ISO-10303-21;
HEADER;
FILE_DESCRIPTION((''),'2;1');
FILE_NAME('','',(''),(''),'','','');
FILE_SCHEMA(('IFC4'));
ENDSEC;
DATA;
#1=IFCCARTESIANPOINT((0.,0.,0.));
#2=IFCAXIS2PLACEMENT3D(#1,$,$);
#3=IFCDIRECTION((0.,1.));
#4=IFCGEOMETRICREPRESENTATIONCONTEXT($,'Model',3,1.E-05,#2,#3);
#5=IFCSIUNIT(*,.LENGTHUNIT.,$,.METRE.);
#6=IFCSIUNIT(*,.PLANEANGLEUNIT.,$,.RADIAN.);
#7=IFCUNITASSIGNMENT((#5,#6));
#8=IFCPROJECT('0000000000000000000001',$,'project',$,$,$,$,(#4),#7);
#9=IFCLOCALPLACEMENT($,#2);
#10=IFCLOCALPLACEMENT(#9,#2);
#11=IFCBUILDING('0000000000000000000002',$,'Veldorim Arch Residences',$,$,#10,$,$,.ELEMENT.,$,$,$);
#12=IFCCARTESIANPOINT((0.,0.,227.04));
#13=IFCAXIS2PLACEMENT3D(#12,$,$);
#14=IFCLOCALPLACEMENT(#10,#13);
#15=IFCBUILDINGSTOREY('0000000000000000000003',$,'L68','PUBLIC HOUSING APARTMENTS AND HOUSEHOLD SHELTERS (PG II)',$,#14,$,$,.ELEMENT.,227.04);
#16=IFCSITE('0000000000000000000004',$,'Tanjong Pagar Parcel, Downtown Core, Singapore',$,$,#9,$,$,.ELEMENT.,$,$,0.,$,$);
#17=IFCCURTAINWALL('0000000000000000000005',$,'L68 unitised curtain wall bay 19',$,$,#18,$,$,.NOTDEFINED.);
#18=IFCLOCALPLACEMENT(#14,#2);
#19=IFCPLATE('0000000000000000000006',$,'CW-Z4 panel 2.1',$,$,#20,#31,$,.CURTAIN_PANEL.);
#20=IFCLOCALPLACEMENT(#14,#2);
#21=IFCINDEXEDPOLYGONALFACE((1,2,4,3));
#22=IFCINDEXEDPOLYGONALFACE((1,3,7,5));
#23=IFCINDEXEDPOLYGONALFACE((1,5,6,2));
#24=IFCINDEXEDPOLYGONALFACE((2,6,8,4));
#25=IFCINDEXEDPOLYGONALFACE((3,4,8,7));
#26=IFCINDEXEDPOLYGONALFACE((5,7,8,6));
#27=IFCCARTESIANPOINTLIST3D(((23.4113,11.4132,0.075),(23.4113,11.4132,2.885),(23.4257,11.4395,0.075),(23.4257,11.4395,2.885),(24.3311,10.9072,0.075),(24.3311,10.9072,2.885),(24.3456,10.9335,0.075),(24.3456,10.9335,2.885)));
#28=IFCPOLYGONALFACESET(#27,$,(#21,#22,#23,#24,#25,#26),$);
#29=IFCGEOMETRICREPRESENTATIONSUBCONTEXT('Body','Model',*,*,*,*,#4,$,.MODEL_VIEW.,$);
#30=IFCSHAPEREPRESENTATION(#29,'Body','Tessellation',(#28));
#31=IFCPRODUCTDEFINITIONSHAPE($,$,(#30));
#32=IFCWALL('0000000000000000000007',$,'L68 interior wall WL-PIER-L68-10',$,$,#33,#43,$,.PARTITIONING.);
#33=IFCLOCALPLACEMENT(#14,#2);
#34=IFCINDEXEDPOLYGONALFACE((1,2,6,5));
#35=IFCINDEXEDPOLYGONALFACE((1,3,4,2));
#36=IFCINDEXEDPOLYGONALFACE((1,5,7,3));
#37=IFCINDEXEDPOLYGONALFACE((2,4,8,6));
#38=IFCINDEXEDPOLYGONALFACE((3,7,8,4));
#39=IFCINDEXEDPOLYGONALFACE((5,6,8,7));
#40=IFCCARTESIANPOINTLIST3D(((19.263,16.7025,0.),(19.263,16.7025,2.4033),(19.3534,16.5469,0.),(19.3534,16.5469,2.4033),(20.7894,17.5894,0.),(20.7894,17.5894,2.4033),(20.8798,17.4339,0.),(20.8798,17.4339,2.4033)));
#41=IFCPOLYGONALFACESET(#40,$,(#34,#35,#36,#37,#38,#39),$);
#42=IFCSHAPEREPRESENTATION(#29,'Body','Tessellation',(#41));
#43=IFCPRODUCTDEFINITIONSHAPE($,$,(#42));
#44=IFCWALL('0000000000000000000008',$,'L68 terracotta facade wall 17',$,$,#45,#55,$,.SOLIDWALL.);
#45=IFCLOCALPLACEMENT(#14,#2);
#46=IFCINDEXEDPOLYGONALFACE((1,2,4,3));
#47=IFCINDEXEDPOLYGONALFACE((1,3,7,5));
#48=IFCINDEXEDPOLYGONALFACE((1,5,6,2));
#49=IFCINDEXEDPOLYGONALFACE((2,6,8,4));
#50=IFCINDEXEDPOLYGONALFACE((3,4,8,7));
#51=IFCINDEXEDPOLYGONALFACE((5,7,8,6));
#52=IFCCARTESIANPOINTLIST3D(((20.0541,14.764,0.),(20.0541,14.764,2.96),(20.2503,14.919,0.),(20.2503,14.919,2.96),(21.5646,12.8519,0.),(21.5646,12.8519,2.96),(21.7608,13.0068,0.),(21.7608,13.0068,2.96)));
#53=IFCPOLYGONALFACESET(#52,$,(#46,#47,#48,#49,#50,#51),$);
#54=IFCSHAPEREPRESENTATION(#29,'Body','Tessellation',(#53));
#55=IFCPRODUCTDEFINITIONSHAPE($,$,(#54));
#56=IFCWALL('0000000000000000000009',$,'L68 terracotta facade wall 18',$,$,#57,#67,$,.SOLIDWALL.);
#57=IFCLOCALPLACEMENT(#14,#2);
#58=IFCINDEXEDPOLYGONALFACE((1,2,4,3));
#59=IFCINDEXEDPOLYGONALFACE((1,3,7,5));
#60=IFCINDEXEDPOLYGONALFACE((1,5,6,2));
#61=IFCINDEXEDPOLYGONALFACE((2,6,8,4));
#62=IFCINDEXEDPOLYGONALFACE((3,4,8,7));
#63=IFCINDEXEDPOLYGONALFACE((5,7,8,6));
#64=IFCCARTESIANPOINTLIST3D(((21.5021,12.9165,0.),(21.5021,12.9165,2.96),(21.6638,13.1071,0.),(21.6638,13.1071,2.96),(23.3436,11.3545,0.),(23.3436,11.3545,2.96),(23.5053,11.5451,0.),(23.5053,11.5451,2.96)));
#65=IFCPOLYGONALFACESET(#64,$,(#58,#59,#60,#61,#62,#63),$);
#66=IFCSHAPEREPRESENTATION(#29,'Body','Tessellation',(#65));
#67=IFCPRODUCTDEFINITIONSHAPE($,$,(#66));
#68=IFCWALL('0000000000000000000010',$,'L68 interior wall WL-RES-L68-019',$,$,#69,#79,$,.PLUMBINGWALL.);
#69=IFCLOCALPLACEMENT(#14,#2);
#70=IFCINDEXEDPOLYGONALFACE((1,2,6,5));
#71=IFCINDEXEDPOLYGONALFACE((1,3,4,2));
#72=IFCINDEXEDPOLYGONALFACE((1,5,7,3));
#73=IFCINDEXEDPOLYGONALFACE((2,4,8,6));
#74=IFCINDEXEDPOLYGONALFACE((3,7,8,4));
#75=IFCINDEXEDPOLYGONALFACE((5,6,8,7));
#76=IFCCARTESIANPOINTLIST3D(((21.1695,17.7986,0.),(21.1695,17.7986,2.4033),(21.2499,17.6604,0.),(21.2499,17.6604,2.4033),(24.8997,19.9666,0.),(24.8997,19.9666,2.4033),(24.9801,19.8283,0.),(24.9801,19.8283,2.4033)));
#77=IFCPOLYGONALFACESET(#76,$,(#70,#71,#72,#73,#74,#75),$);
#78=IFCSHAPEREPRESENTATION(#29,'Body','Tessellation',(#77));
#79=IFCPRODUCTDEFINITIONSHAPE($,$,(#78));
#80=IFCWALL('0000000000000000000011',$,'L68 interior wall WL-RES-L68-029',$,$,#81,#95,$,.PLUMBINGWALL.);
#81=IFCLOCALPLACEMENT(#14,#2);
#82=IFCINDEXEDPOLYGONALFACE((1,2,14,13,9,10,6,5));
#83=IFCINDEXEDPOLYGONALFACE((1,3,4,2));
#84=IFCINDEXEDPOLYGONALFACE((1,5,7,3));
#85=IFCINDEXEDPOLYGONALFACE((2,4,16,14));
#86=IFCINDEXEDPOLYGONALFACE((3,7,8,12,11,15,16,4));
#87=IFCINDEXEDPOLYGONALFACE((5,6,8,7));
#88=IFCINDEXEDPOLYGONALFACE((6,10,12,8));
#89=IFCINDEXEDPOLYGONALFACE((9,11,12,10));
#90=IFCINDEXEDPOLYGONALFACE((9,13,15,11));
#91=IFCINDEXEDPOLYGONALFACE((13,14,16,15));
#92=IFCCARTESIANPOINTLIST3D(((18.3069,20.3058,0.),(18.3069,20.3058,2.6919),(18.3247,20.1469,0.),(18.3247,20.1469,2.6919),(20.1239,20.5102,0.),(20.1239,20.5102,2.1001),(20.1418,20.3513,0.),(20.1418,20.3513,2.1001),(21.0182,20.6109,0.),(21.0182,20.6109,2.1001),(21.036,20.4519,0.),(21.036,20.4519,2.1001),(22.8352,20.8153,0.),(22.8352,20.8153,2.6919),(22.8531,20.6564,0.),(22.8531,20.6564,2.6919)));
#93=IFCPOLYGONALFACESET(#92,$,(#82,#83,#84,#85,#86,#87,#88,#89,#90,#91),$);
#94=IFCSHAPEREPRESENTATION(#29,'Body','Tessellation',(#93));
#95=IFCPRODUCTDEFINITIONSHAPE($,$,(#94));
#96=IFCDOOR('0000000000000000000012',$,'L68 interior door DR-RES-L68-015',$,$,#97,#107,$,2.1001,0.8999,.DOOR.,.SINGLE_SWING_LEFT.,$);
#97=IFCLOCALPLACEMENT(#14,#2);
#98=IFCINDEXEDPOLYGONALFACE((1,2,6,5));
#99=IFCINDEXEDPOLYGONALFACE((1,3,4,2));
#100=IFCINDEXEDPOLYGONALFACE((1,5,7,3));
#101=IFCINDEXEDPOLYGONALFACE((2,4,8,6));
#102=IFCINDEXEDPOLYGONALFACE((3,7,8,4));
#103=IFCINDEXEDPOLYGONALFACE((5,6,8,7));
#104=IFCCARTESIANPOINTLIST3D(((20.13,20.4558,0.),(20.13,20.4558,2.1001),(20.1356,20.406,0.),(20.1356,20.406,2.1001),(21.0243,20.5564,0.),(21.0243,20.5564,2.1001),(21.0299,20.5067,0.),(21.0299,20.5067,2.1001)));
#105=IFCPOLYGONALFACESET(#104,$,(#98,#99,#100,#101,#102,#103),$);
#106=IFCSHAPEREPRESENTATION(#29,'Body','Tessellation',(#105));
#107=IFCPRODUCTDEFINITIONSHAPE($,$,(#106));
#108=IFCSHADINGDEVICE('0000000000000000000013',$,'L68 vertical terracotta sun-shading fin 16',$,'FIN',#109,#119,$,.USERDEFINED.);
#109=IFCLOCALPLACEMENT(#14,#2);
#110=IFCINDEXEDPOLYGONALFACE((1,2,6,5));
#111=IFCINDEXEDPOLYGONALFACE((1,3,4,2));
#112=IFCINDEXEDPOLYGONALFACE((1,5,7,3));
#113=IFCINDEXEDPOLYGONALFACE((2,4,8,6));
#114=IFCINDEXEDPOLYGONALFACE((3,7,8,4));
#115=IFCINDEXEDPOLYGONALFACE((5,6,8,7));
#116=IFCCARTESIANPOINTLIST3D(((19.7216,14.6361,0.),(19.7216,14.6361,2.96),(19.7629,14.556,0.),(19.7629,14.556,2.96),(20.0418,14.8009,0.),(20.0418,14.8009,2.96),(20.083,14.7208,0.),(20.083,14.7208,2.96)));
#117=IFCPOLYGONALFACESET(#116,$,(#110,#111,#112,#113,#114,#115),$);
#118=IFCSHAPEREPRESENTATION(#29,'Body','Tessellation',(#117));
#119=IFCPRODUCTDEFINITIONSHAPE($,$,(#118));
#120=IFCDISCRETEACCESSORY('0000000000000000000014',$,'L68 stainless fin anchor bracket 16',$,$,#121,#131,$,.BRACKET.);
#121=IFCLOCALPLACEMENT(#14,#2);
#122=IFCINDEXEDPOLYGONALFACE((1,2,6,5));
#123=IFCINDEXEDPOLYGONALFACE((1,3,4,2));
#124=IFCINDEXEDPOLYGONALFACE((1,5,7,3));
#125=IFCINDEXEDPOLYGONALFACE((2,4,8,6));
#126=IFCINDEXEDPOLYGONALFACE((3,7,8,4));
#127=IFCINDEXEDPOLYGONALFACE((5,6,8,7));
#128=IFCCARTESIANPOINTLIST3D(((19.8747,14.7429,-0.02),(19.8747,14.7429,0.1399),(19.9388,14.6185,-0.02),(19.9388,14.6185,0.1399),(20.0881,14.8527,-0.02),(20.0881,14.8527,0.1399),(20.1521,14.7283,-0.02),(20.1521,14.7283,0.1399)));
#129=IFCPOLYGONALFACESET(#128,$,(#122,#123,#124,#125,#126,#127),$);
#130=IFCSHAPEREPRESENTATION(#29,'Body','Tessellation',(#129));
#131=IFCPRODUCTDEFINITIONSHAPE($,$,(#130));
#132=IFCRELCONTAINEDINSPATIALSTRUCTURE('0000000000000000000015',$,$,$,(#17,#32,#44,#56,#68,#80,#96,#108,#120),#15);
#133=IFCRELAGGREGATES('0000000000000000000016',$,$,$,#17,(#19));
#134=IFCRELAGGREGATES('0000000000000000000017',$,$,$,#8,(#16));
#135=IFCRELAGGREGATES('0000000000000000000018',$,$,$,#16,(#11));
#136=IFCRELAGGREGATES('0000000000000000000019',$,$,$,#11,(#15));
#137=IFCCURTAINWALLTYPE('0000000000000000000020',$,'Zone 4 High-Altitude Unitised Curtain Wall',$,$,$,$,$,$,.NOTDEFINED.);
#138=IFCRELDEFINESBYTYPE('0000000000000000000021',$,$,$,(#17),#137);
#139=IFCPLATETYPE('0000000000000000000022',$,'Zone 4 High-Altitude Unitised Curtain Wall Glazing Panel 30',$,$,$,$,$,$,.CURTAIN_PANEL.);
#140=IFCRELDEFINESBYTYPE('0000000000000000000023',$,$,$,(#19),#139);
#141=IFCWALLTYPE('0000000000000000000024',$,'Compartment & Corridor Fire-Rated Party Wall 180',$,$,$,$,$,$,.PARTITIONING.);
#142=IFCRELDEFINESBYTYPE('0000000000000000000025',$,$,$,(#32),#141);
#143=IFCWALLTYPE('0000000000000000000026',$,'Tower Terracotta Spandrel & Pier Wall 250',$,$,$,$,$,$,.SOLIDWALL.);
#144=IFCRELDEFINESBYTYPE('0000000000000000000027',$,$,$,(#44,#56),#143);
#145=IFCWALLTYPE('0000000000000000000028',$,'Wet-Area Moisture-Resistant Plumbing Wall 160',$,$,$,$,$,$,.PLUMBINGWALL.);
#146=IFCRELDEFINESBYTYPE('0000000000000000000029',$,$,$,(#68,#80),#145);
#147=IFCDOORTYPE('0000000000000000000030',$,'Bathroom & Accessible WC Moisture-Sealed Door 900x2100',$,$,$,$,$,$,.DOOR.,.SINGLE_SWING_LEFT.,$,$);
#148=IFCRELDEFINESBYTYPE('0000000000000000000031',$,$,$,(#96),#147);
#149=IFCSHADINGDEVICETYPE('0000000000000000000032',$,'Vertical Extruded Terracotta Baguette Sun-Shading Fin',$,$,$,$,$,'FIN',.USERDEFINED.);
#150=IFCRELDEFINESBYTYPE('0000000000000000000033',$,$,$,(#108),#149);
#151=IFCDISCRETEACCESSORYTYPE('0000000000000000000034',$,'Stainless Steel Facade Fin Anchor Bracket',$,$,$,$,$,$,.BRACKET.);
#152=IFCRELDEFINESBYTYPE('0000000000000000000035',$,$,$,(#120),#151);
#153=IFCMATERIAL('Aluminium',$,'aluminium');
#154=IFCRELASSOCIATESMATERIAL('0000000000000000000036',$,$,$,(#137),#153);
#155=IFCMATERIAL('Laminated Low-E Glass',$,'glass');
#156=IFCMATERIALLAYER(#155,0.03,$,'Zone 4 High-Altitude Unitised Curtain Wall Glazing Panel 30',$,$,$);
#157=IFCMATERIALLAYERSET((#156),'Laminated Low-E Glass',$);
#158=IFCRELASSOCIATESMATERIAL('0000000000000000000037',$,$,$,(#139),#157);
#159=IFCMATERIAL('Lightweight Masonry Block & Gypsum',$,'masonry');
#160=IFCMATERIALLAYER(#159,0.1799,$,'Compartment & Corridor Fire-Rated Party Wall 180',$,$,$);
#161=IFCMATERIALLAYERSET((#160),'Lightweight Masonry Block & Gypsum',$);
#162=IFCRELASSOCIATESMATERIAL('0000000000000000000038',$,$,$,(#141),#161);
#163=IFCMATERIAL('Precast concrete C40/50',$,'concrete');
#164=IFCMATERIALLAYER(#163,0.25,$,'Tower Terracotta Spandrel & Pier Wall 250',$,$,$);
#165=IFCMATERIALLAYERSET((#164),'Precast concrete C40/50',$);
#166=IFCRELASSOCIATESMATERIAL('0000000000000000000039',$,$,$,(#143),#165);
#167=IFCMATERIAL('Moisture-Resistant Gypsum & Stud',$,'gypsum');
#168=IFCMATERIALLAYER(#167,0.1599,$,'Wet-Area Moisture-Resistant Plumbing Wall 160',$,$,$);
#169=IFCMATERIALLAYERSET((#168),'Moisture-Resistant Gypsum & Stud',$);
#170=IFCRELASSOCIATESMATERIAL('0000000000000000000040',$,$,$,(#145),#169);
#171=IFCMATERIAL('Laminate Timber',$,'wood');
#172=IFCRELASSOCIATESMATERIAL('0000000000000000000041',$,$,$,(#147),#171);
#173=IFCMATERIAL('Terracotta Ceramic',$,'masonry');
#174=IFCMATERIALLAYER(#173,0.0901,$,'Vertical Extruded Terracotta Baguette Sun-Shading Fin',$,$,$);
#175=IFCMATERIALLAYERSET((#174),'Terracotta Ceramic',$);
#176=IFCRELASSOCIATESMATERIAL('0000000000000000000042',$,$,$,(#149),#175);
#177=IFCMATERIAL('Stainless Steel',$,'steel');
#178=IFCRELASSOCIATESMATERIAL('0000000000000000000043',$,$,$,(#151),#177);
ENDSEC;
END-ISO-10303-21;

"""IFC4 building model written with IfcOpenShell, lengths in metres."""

from ifc_helpers import new_model, si_unit, direction, frame, frame_2d, origin, origin_2d, place, context, subcontext, project, spatial, rectangle, extrude, material, layer, layer_set, type_object, element, fill, aggregate, save


model = new_model("IFC4")

# Units and contexts
model_context = context("Model", 3, precision=1e-05, world=origin(), true_north=direction((0.0, 1.0)))
body_context = subcontext(model_context, "Body", "Model", "MODEL_VIEW")
ifc_project = project(units=[si_unit("LENGTHUNIT", "METRE"), si_unit("PLANEANGLEUNIT", "RADIAN")], contexts=[model_context])

# Site, building, storey
site_placement = place(None, origin())
site = spatial("IfcSite", under=ifc_project, at=site_placement, Name="Tanjong Pagar Parcel, Downtown Core, Singapore", CompositionType="ELEMENT", RefElevation=0.0)
building_placement = place(site_placement, origin())
building = spatial("IfcBuilding", under=site, at=building_placement, Name="Veldorim Arch Residences", CompositionType="ELEMENT")
storey_placement = place(building_placement, frame((0.0, 0.0, 227.04)))
storey = spatial("IfcBuildingStorey", under=building, at=storey_placement, Name="L68", Description="PUBLIC HOUSING APARTMENTS AND HOUSEHOLD SHELTERS (PG II)", CompositionType="ELEMENT", Elevation=227.04)

# Shared definitions
ifc_material_1 = material(Name="Aluminium", Category="aluminium")
curtain_wall_type = type_object("IfcCurtainWallType", Name="Zone 4 High-Altitude Unitised Curtain Wall", PredefinedType="NOTDEFINED", material=ifc_material_1)

# Curtain wall
curtain_wall_1_placement = place(storey_placement, origin())
curtain_wall_1 = element("IfcCurtainWall", 1, at=curtain_wall_1_placement, inside=storey, type_object=curtain_wall_type, Name="L68 unitised curtain wall bay 19", PredefinedType="NOTDEFINED")

# Plate
ifc_material_2 = material(Name="Laminated Low-E Glass", Category="glass")
ifc_layer_1 = layer(ifc_material_2, 0.03, Name="Zone 4 High-Altitude Unitised Curtain Wall Glazing Panel 30")
ifc_layer_set_1 = layer_set([ifc_layer_1], Name="Laminated Low-E Glass")
plate_type = type_object("IfcPlateType", Name="Zone 4 High-Altitude Unitised Curtain Wall Glazing Panel 30", PredefinedType="CURTAIN_PANEL", material=ifc_layer_set_1)
plate_1_placement = place(storey_placement, frame((23.8784, 11.1733, 0.075), z_axis=(0.0, 0.0, 1.0), x_axis=(-0.876197, 0.481953, 0.0)))
plate_1 = element("IfcPlate", 2, at=plate_1_placement, type_object=plate_type, Name="CW-Z4 panel 2.1", PredefinedType="CURTAIN_PANEL", context=body_context, shape_type="SweptSolid", body=[
    extrude(rectangle(XDim=1.0498, YDim=0.03, at=origin_2d()), origin(), (0.0, 0.0, 1.0), 2.8101),
])
aggregate(curtain_wall_1, [plate_1])

# Walls
ifc_material_3 = material(Name="Lightweight Masonry Block & Gypsum", Category="masonry")
ifc_layer_2 = layer(ifc_material_3, 0.1799, Name="Compartment & Corridor Fire-Rated Party Wall 180")
ifc_layer_set_2 = layer_set([ifc_layer_2], Name="Lightweight Masonry Block & Gypsum")
wall_type_1 = type_object("IfcWallType", Name="Compartment & Corridor Fire-Rated Party Wall 180", PredefinedType="PARTITIONING", material=ifc_layer_set_2)
wall_1_placement = place(storey_placement, frame((20.8347, 17.5117, 0.0), z_axis=(0.0, 0.0, 1.0), x_axis=(-0.86462, -0.502426, 0.0)))
element("IfcWall", 3, at=wall_1_placement, inside=storey, type_object=wall_type_1, Name="L68 interior wall WL-PIER-L68-10", PredefinedType="PARTITIONING", context=body_context, shape_type="SweptSolid", body=[
    extrude(rectangle(XDim=1.7654, YDim=0.1799, at=frame_2d((0.8828, 0.0))), origin(), (0.0, 0.0, 1.0), 2.4033),
])
ifc_material_4 = material(Name="Precast concrete C40/50", Category="concrete")
ifc_layer_3 = layer(ifc_material_4, 0.25, Name="Tower Terracotta Spandrel & Pier Wall 250")
ifc_layer_set_3 = layer_set([ifc_layer_3], Name="Precast concrete C40/50")
wall_type_2 = type_object("IfcWallType", Name="Tower Terracotta Spandrel & Pier Wall 250", PredefinedType="SOLIDWALL", material=ifc_layer_set_3)
wall_2_placement = place(storey_placement, frame((21.6626, 12.9294, 0.0), z_axis=(0.0, 0.0, 1.0), x_axis=(-0.619881, 0.784696, 0.0)))
element("IfcWall", 4, at=wall_2_placement, inside=storey, type_object=wall_type_2, Name="L68 terracotta facade wall 17", PredefinedType="SOLIDWALL", context=body_context, shape_type="SweptSolid", body=[
    extrude(rectangle(XDim=2.4368, YDim=0.25, at=frame_2d((1.2183, 0.0))), origin(), (0.0, 0.0, 1.0), 2.96),
])
wall_3_placement = place(storey_placement, frame((23.4246, 11.4497, 0.0), z_axis=(0.0, 0.0, 1.0), x_axis=(-0.762615, 0.646853, 0.0)))
element("IfcWall", 5, at=wall_3_placement, inside=storey, type_object=wall_type_2, Name="L68 terracotta facade wall 18", PredefinedType="SOLIDWALL", context=body_context, shape_type="SweptSolid", body=[
    extrude(rectangle(XDim=2.4148, YDim=0.25, at=frame_2d((1.2075, 0.0))), origin(), (0.0, 0.0, 1.0), 2.96),
])
ifc_material_5 = material(Name="Moisture-Resistant Gypsum & Stud", Category="gypsum")
ifc_layer_4 = layer(ifc_material_5, 0.1599, Name="Wet-Area Moisture-Resistant Plumbing Wall 160")
ifc_layer_set_4 = layer_set([ifc_layer_4], Name="Moisture-Resistant Gypsum & Stud")
wall_type_3 = type_object("IfcWallType", Name="Wet-Area Moisture-Resistant Plumbing Wall 160", PredefinedType="PLUMBINGWALL", material=ifc_layer_set_4)
wall_4_placement = place(storey_placement, frame((21.2097, 17.7295, 0.0), z_axis=(0.0, 0.0, 1.0), x_axis=(0.864584, 0.502488, 0.0)))
element("IfcWall", 6, at=wall_4_placement, inside=storey, type_object=wall_type_3, Name="L68 interior wall WL-RES-L68-019", PredefinedType="PLUMBINGWALL", context=body_context, shape_type="SweptSolid", body=[
    extrude(rectangle(XDim=4.3145, YDim=0.1599, at=frame_2d((2.1572, 0.0))), origin(), (0.0, 0.0, 1.0), 2.4033),
])

# Wall, opening, door
wall_5_placement = place(storey_placement, frame((22.844, 20.7358, 0.0), z_axis=(0.0, 0.0, 1.0), x_axis=(-0.993729, -0.111813, 0.0)))
wall_5 = element("IfcWall", 7, at=wall_5_placement, inside=storey, type_object=wall_type_3, Name="L68 interior wall WL-RES-L68-029", PredefinedType="PLUMBINGWALL", context=body_context, shape_type="SweptSolid", body=[
    extrude(rectangle(XDim=4.5569, YDim=0.1599, at=frame_2d((2.2783, 0.0))), origin(), (0.0, 0.0, 1.0), 2.6919),
])
opening_placement = place(wall_5_placement, frame((1.8284, 0.0, 0.0)))
opening = element("IfcOpeningElement", 8, at=opening_placement, cuts=wall_5, PredefinedType="OPENING", context=body_context, shape_type="SweptSolid", body=[
    extrude(rectangle(XDim=0.8999, YDim=2.1001, at=frame_2d((0.45, 1.05))), frame((0.0, 0.0898, 0.0), z_axis=(0.0, -1.0, 0.0), x_axis=(1.0, 0.0, 0.0)), (0.0, 0.0, 1.0), 0.1799),
])
ifc_material_6 = material(Name="Laminate Timber", Category="wood")
door_type = type_object("IfcDoorType", Name="Bathroom & Accessible WC Moisture-Sealed Door 900x2100", OperationType="SINGLE_SWING_LEFT", PredefinedType="DOOR", material=ifc_material_6)
door_placement = place(opening_placement, origin())
door = element("IfcDoor", 9, at=door_placement, inside=storey, type_object=door_type, Name="L68 interior door DR-RES-L68-015", OperationType="SINGLE_SWING_LEFT", OverallHeight=2.1001, OverallWidth=0.8999, PredefinedType="DOOR", context=body_context, shape_type="SweptSolid", body=[
    extrude(rectangle(XDim=0.8999, YDim=2.1001, at=frame_2d((0.45, 1.05))), frame((0.0, 0.0249, 0.0), z_axis=(0.0, -1.0, 0.0), x_axis=(1.0, 0.0, 0.0)), (0.0, 0.0, 1.0), 0.05),
])
fill(opening, door)

# Shading device
ifc_material_7 = material(Name="Terracotta Ceramic", Category="masonry")
ifc_layer_5 = layer(ifc_material_7, 0.0901, Name="Vertical Extruded Terracotta Baguette Sun-Shading Fin")
ifc_layer_set_5 = layer_set([ifc_layer_5], Name="Terracotta Ceramic")
shading_device_type = type_object("IfcShadingDeviceType", Name="Vertical Extruded Terracotta Baguette Sun-Shading Fin", ElementType="FIN", PredefinedType="USERDEFINED", material=ifc_layer_set_5)
shading_device_placement = place(storey_placement, frame((19.9023, 14.6785, 0.0), z_axis=(0.0, 0.0, 1.0), x_axis=(-0.457719, 0.889097, 0.0)))
element("IfcShadingDevice", 10, at=shading_device_placement, inside=storey, type_object=shading_device_type, Name="L68 vertical terracotta sun-shading fin 16", ObjectType="FIN", PredefinedType="USERDEFINED", context=body_context, shape_type="SweptSolid", body=[
    extrude(rectangle(XDim=0.0901, YDim=0.3601, at=origin_2d()), origin(), (0.0, 0.0, 1.0), 2.96),
])

# Discrete accessory
ifc_material_8 = material(Name="Stainless Steel", Category="steel")
discrete_accessory_type = type_object("IfcDiscreteAccessoryType", Name="Stainless Steel Facade Fin Anchor Bracket", PredefinedType="BRACKET", material=ifc_material_8)
discrete_accessory_placement = place(storey_placement, frame((20.0134, 14.7356, -0.02), z_axis=(0.0, 0.0, 1.0), x_axis=(-0.457719, 0.889097, 0.0)))
element("IfcDiscreteAccessory", 11, at=discrete_accessory_placement, inside=storey, type_object=discrete_accessory_type, Name="L68 stainless fin anchor bracket 16", PredefinedType="BRACKET", context=body_context, shape_type="SweptSolid", body=[
    extrude(rectangle(XDim=0.1399, YDim=0.24, at=origin_2d()), origin(), (0.0, 0.0, 1.0), 0.1599),
])

save(model, "model.ifc")
